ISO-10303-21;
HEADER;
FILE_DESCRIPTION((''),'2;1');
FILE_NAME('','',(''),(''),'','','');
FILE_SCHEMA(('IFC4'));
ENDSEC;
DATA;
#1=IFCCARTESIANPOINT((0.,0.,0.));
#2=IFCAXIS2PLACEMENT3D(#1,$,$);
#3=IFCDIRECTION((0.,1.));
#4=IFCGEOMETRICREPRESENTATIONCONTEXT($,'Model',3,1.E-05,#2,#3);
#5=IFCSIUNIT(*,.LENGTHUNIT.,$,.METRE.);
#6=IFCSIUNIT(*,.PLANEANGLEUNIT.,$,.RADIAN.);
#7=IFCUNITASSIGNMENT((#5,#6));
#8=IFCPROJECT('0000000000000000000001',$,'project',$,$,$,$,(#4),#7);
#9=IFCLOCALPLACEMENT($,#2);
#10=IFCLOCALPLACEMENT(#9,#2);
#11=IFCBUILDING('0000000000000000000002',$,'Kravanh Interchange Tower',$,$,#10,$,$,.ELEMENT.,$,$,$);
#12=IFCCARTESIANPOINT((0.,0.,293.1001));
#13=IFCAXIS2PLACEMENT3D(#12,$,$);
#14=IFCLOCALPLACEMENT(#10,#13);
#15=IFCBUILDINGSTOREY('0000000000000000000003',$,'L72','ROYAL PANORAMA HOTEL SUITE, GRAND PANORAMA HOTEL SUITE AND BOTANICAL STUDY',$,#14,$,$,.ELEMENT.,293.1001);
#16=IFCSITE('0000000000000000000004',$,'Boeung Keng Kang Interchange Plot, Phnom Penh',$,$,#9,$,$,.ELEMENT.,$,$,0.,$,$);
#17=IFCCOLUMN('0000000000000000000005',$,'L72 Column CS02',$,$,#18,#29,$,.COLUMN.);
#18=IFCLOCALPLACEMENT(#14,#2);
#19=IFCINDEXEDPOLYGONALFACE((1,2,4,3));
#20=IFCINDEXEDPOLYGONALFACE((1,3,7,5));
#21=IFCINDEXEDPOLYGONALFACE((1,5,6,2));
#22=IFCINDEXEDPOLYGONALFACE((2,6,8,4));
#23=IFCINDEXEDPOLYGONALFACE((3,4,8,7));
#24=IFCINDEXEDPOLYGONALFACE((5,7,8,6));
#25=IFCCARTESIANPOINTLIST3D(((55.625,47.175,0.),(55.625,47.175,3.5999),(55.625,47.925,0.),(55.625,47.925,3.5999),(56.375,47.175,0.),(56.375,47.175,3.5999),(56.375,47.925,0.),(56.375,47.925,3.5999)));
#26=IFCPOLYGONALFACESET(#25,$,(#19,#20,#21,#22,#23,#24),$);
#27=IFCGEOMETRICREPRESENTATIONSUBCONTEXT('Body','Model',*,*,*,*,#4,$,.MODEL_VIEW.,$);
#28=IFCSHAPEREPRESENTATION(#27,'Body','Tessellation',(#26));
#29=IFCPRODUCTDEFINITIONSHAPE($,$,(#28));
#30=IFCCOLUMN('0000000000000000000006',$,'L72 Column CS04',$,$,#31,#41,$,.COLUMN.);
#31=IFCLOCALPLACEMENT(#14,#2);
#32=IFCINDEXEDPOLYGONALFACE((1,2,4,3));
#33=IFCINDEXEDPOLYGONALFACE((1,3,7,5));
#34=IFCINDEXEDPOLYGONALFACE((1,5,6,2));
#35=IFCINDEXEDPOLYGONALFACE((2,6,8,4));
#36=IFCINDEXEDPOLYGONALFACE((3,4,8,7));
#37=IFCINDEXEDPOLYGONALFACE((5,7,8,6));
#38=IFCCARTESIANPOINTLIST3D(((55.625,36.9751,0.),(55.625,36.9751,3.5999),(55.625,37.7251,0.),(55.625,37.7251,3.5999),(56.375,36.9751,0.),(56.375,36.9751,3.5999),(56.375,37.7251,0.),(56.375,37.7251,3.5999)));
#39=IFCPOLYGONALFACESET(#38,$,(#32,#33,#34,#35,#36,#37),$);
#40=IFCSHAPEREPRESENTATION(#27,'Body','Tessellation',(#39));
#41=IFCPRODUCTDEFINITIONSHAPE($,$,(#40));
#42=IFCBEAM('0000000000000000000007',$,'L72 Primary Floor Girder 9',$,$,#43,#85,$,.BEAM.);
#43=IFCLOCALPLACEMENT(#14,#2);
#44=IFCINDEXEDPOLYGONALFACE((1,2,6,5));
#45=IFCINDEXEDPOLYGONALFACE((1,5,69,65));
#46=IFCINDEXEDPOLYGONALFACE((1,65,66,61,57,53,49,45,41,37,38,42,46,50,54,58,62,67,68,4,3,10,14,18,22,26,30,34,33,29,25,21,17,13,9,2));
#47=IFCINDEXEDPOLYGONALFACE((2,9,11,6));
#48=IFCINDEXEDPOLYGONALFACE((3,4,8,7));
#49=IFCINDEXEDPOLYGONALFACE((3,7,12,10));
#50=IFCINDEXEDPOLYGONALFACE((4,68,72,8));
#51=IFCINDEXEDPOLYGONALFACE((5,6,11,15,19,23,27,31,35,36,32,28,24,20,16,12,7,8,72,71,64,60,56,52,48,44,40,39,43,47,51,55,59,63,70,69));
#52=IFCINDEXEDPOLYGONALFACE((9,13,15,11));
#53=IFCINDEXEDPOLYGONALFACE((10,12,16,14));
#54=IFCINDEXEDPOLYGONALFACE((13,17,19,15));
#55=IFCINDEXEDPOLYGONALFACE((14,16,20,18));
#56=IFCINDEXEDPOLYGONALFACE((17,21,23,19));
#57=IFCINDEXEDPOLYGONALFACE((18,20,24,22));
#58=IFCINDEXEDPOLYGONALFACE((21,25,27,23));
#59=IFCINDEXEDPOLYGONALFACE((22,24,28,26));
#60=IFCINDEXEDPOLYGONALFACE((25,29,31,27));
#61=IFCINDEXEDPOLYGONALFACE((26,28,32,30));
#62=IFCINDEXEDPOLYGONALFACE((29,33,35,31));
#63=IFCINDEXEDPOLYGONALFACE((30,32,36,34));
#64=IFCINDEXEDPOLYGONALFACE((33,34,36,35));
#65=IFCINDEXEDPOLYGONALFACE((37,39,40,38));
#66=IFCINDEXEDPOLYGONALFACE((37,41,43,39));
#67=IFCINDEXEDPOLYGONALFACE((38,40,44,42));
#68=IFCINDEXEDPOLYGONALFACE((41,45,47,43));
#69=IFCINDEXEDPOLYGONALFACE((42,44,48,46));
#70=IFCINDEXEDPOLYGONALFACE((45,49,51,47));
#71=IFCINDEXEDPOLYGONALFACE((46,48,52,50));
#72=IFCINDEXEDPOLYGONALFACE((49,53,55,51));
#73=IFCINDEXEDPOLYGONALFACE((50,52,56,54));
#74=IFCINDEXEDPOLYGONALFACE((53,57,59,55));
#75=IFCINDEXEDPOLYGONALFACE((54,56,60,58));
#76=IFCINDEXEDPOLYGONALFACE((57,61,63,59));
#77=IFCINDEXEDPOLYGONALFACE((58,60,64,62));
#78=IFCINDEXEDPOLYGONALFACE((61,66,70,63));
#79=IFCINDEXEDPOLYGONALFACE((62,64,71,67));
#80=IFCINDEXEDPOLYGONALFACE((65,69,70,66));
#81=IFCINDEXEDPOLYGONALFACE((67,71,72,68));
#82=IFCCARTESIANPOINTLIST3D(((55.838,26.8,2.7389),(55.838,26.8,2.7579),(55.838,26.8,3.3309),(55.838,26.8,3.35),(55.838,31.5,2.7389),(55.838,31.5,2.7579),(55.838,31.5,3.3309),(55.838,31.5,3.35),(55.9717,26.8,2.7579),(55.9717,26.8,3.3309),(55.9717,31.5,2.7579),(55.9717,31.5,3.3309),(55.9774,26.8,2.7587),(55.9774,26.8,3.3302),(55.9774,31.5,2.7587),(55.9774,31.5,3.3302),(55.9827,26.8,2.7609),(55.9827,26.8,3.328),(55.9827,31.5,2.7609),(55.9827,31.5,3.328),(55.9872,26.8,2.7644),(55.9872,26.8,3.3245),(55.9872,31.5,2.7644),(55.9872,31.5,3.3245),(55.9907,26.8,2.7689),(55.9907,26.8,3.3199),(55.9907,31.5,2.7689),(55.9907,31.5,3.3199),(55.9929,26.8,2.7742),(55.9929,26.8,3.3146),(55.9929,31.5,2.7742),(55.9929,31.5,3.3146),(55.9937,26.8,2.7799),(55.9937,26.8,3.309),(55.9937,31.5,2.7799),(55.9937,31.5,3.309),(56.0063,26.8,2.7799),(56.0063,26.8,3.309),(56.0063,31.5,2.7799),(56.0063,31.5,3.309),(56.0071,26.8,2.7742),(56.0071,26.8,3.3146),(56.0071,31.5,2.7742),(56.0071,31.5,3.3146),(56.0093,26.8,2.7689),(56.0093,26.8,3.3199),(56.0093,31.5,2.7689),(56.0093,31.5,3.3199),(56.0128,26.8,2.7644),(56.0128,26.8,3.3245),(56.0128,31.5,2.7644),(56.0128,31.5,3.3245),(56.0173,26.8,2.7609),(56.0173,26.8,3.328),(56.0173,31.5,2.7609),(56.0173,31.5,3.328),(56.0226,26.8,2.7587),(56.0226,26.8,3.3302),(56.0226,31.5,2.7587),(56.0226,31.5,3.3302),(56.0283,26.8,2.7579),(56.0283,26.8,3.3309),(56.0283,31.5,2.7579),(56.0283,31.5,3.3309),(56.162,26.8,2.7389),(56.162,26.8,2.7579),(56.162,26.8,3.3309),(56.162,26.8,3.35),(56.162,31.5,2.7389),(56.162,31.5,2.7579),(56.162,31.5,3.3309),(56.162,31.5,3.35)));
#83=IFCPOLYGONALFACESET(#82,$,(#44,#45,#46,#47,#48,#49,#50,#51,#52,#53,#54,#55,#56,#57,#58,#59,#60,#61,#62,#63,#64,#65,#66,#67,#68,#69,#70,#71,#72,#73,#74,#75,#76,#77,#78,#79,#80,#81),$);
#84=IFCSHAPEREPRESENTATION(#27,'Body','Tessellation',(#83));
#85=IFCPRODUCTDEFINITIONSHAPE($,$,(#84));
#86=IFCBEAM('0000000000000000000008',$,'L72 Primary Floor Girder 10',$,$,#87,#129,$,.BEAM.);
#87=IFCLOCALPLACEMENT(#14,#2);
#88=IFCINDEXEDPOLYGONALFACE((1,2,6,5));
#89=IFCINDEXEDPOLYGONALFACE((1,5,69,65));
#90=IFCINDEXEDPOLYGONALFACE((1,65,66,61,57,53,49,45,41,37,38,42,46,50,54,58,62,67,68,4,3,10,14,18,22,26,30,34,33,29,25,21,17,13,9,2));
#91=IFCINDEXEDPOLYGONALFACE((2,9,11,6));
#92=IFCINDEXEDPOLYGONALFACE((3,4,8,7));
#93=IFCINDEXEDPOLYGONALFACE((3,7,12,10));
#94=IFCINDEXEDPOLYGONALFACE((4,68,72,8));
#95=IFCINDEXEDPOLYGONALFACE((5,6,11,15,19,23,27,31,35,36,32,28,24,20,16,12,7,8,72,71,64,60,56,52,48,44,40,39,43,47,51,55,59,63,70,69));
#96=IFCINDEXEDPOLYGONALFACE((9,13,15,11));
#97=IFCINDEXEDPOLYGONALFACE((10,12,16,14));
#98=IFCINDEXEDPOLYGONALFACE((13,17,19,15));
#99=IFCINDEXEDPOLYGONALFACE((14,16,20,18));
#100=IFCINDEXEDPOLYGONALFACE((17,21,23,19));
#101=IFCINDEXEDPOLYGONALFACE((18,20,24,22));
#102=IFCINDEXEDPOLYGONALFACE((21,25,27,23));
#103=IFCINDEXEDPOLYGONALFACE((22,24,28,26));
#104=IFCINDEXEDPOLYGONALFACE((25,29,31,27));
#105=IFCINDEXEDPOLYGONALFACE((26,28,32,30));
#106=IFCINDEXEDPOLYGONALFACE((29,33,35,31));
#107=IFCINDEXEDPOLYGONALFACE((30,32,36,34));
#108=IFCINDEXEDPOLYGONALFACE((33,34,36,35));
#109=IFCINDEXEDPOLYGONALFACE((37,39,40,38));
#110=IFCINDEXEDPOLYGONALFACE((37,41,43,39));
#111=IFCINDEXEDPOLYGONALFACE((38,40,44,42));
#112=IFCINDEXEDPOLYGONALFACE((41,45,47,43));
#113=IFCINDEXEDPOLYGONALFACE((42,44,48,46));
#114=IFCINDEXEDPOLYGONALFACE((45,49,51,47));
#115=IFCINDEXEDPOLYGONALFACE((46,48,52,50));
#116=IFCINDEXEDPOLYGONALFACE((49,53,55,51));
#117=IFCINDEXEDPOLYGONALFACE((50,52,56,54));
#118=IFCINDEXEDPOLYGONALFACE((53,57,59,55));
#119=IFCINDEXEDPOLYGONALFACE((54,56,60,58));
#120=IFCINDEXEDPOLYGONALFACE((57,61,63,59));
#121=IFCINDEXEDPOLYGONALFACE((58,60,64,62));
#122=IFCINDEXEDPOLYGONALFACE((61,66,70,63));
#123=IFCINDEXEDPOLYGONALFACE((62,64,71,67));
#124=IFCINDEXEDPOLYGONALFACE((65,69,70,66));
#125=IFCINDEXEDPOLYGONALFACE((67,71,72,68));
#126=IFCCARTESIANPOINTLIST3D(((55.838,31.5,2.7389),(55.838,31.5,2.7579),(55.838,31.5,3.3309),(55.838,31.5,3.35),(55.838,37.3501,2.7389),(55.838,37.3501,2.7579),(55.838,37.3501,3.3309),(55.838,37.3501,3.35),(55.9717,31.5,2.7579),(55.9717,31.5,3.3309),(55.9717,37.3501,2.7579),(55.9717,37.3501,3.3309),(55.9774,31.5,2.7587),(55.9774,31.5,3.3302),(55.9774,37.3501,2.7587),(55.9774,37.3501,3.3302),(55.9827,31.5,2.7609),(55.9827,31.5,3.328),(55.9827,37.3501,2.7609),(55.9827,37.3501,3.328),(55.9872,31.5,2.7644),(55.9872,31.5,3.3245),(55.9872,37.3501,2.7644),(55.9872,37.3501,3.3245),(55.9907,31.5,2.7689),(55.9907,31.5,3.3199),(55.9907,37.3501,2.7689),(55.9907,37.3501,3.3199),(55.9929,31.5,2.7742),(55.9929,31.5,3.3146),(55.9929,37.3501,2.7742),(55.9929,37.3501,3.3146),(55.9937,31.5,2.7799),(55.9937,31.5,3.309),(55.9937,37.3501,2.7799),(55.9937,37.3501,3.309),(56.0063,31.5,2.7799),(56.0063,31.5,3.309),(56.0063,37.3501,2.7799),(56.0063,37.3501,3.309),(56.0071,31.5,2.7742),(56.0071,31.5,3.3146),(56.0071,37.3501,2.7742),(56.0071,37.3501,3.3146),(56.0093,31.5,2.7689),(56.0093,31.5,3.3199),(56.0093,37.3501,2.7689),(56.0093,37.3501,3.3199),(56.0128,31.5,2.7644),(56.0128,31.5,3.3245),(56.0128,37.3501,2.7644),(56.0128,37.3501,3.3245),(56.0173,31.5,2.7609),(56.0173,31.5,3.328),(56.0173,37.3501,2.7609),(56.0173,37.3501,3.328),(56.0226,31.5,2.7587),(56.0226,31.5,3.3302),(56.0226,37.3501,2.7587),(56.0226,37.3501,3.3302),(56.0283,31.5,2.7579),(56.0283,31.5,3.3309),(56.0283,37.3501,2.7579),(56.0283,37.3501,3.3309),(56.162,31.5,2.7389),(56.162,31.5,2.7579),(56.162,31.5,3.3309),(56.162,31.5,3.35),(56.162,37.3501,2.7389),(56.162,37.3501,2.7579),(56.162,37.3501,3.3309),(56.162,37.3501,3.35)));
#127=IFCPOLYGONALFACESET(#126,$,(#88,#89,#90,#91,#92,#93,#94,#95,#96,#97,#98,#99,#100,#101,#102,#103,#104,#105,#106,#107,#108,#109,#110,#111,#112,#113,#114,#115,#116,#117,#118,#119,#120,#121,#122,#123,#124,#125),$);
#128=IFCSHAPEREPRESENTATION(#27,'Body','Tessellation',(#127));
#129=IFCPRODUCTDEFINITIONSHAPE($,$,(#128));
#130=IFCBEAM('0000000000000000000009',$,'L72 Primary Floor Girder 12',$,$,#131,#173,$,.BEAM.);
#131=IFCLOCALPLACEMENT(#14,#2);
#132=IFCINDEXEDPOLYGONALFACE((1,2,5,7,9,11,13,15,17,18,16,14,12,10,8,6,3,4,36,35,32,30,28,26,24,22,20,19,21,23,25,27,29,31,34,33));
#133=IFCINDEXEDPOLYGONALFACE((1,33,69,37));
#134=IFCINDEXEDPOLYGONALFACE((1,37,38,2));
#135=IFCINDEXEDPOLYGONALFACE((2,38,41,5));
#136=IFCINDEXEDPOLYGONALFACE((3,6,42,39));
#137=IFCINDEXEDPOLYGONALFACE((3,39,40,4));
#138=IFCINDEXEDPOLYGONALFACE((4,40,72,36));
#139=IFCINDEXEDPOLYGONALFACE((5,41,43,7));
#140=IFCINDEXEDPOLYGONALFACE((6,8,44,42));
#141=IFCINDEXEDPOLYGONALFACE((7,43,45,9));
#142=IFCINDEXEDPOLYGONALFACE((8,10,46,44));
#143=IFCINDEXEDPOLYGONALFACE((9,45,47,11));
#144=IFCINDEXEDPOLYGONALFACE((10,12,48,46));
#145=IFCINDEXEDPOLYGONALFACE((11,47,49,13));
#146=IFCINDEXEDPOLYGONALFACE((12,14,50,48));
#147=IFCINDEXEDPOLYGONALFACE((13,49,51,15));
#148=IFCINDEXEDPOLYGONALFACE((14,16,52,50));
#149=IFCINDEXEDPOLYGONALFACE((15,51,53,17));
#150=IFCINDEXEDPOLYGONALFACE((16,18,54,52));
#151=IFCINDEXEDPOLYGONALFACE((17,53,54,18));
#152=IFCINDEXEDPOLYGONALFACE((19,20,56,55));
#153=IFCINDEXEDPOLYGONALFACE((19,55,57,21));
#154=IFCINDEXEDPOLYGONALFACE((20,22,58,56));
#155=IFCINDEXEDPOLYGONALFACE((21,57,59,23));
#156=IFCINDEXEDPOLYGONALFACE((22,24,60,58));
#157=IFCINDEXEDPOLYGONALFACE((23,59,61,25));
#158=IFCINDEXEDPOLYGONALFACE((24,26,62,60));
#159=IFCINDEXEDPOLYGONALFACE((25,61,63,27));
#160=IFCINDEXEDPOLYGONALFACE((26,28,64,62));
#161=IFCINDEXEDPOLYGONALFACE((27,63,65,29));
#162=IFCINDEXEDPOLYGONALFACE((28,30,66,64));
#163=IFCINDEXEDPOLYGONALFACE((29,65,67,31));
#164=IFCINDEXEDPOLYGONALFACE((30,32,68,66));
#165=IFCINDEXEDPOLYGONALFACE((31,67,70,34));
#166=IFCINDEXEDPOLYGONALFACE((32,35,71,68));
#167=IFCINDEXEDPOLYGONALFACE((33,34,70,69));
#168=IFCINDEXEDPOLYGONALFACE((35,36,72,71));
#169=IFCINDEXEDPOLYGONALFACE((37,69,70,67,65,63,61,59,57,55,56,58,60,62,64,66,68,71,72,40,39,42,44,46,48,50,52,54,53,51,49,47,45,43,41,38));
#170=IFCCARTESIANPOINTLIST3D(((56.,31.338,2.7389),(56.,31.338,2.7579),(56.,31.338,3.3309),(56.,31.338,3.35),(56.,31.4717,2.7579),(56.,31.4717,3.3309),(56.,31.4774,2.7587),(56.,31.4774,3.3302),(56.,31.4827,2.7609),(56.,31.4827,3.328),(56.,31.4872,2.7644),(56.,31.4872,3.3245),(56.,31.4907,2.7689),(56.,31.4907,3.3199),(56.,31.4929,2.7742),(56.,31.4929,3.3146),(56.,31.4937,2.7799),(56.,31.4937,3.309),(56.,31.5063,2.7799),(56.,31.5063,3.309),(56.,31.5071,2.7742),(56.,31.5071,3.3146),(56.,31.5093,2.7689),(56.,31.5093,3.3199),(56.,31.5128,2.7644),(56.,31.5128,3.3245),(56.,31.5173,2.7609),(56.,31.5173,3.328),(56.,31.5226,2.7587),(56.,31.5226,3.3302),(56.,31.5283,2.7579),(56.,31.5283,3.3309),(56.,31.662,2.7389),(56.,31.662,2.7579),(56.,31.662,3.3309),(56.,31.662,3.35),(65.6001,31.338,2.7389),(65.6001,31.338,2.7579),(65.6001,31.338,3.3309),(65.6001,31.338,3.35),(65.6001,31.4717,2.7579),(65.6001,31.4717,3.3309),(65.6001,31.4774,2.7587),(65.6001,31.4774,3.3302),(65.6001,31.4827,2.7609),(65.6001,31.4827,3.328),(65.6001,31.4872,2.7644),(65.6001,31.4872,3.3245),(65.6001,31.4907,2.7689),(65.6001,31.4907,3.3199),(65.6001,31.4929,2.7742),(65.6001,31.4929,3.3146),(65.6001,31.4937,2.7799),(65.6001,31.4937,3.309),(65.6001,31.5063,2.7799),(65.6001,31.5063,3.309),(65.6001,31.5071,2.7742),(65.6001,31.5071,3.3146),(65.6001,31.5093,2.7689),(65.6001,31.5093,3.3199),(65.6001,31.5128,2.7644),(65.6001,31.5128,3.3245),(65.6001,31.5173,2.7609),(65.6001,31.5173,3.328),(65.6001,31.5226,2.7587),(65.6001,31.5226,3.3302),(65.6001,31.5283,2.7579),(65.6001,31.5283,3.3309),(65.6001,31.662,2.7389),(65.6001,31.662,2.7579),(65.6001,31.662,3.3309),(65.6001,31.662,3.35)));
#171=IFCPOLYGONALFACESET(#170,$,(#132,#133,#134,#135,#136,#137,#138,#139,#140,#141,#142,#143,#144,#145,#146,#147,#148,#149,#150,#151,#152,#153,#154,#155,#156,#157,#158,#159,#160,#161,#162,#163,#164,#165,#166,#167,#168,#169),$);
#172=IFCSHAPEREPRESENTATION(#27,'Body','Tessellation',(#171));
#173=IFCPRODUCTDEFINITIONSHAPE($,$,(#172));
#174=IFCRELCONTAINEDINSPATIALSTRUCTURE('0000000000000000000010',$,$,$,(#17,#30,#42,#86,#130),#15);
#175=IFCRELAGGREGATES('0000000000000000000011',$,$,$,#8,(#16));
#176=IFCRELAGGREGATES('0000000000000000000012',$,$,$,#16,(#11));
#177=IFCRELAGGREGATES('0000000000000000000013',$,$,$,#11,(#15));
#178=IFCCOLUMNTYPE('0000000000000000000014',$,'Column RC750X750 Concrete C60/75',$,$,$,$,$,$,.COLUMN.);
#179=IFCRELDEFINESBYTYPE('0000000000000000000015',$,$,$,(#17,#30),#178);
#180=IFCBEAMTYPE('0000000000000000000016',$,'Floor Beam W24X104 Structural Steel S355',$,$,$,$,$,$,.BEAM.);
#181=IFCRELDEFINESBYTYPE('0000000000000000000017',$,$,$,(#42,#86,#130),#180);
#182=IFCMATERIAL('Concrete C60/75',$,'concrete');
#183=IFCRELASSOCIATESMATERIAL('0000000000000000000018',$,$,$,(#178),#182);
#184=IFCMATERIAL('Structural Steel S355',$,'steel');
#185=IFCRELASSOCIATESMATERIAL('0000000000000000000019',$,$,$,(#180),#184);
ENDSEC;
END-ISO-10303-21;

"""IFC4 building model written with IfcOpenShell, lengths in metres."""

from ifc_helpers import new_model, si_unit, direction, frame, origin, origin_2d, place, context, subcontext, project, spatial, rectangle, i_section, extrude, material, material_profile, profile_set, type_object, element, save


model = new_model("IFC4")

# Units and contexts
model_context = context("Model", 3, precision=1e-05, world=origin(), true_north=direction((0.0, 1.0)))
body_context = subcontext(model_context, "Body", "Model", "MODEL_VIEW")
ifc_project = project(units=[si_unit("LENGTHUNIT", "METRE"), si_unit("PLANEANGLEUNIT", "RADIAN")], contexts=[model_context])

# Site, building, storey
site_placement = place(None, origin())
site = spatial("IfcSite", under=ifc_project, at=site_placement, Name="Boeung Keng Kang Interchange Plot, Phnom Penh", CompositionType="ELEMENT", RefElevation=0.0)
building_placement = place(site_placement, origin())
building = spatial("IfcBuilding", under=site, at=building_placement, Name="Kravanh Interchange Tower", CompositionType="ELEMENT")
storey_placement = place(building_placement, frame((0.0, 0.0, 293.1001)))
storey = spatial("IfcBuildingStorey", under=building, at=storey_placement, Name="L72", Description="ROYAL PANORAMA HOTEL SUITE, GRAND PANORAMA HOTEL SUITE AND BOTANICAL STUDY", CompositionType="ELEMENT", Elevation=293.1001)

# Columns
ifc_material_1 = material(Name="Concrete C60/75", Category="concrete")
ifc_material_profile_1 = material_profile(ifc_material_1, rectangle(XDim=0.75, YDim=0.75, at=origin_2d()), Name="RC750X750")
ifc_profile_set_1 = profile_set([ifc_material_profile_1], Name="Concrete C60/75")
column_type = type_object("IfcColumnType", Name="Column RC750X750 Concrete C60/75", PredefinedType="COLUMN", material=ifc_profile_set_1)
for number, where, z_axis, x_axis, name in (
    (1, (56.0, 47.55, 0.0), (0.0, 0.0, 1.0), (1.0, 0.0, 0.0), "L72 Column CS02"),
    (2, (56.0, 37.3501, 0.0), (0.0, 0.0, 1.0), (1.0, 0.0, 0.0), "L72 Column CS04"),
):
    element("IfcColumn", number, at=place(storey_placement, frame(where, z_axis=z_axis, x_axis=x_axis)), inside=storey, type_object=column_type, Name=name, PredefinedType="COLUMN", context=body_context, shape_type="SweptSolid", body=[
        extrude(rectangle(XDim=0.75, YDim=0.75, at=origin_2d()), origin(), (0.0, 0.0, 1.0), 3.5999),
    ])

# Beams
ifc_material_2 = material(Name="Structural Steel S355", Category="steel")
ifc_material_profile_2 = material_profile(ifc_material_2, i_section(OverallWidth=0.324, OverallDepth=0.6111, WebThickness=0.0127, FlangeThickness=0.019, FilletRadius=0.022, at=origin_2d()), Name="W24X104")
ifc_profile_set_2 = profile_set([ifc_material_profile_2], Name="Structural Steel S355")
beam_type_1 = type_object("IfcBeamType", Name="Floor Beam W24X104 Structural Steel S355", PredefinedType="BEAM", material=ifc_profile_set_2)
beam_1_placement = place(storey_placement, frame((56.0, 31.5, 3.0444), z_axis=(0.0, -1.0, 0.0), x_axis=(1.0, 0.0, 0.0)))
element("IfcBeam", 3, at=beam_1_placement, inside=storey, type_object=beam_type_1, Name="L72 Primary Floor Girder 9", PredefinedType="BEAM", context=body_context, shape_type="SweptSolid", body=[
    extrude(i_section(OverallWidth=0.324, OverallDepth=0.6111, WebThickness=0.0127, FlangeThickness=0.019, FilletRadius=0.022, at=origin_2d()), origin(), (0.0, 0.0, 1.0), 4.7),
])
beam_2_placement = place(storey_placement, frame((56.0, 31.5, 3.0444), z_axis=(0.0, 1.0, 0.0), x_axis=(-1.0, 0.0, 0.0)))
element("IfcBeam", 4, at=beam_2_placement, inside=storey, type_object=beam_type_1, Name="L72 Primary Floor Girder 10", PredefinedType="BEAM", context=body_context, shape_type="SweptSolid", body=[
    extrude(i_section(OverallWidth=0.324, OverallDepth=0.6111, WebThickness=0.0127, FlangeThickness=0.019, FilletRadius=0.022, at=origin_2d()), origin(), (0.0, 0.0, 1.0), 5.8501),
])
beam_3_placement = place(storey_placement, frame((56.0, 31.5, 3.0444), z_axis=(1.0, 0.0, 0.0), x_axis=(0.0, 1.0, 0.0)))
element("IfcBeam", 5, at=beam_3_placement, inside=storey, type_object=beam_type_1, Name="L72 Primary Floor Girder 12", PredefinedType="BEAM", context=body_context, shape_type="SweptSolid", body=[
    extrude(i_section(OverallWidth=0.324, OverallDepth=0.6111, WebThickness=0.0127, FlangeThickness=0.019, FilletRadius=0.022, at=origin_2d()), origin(), (0.0, 0.0, 1.0), 9.6001),
])

save(model, "model.ifc")
